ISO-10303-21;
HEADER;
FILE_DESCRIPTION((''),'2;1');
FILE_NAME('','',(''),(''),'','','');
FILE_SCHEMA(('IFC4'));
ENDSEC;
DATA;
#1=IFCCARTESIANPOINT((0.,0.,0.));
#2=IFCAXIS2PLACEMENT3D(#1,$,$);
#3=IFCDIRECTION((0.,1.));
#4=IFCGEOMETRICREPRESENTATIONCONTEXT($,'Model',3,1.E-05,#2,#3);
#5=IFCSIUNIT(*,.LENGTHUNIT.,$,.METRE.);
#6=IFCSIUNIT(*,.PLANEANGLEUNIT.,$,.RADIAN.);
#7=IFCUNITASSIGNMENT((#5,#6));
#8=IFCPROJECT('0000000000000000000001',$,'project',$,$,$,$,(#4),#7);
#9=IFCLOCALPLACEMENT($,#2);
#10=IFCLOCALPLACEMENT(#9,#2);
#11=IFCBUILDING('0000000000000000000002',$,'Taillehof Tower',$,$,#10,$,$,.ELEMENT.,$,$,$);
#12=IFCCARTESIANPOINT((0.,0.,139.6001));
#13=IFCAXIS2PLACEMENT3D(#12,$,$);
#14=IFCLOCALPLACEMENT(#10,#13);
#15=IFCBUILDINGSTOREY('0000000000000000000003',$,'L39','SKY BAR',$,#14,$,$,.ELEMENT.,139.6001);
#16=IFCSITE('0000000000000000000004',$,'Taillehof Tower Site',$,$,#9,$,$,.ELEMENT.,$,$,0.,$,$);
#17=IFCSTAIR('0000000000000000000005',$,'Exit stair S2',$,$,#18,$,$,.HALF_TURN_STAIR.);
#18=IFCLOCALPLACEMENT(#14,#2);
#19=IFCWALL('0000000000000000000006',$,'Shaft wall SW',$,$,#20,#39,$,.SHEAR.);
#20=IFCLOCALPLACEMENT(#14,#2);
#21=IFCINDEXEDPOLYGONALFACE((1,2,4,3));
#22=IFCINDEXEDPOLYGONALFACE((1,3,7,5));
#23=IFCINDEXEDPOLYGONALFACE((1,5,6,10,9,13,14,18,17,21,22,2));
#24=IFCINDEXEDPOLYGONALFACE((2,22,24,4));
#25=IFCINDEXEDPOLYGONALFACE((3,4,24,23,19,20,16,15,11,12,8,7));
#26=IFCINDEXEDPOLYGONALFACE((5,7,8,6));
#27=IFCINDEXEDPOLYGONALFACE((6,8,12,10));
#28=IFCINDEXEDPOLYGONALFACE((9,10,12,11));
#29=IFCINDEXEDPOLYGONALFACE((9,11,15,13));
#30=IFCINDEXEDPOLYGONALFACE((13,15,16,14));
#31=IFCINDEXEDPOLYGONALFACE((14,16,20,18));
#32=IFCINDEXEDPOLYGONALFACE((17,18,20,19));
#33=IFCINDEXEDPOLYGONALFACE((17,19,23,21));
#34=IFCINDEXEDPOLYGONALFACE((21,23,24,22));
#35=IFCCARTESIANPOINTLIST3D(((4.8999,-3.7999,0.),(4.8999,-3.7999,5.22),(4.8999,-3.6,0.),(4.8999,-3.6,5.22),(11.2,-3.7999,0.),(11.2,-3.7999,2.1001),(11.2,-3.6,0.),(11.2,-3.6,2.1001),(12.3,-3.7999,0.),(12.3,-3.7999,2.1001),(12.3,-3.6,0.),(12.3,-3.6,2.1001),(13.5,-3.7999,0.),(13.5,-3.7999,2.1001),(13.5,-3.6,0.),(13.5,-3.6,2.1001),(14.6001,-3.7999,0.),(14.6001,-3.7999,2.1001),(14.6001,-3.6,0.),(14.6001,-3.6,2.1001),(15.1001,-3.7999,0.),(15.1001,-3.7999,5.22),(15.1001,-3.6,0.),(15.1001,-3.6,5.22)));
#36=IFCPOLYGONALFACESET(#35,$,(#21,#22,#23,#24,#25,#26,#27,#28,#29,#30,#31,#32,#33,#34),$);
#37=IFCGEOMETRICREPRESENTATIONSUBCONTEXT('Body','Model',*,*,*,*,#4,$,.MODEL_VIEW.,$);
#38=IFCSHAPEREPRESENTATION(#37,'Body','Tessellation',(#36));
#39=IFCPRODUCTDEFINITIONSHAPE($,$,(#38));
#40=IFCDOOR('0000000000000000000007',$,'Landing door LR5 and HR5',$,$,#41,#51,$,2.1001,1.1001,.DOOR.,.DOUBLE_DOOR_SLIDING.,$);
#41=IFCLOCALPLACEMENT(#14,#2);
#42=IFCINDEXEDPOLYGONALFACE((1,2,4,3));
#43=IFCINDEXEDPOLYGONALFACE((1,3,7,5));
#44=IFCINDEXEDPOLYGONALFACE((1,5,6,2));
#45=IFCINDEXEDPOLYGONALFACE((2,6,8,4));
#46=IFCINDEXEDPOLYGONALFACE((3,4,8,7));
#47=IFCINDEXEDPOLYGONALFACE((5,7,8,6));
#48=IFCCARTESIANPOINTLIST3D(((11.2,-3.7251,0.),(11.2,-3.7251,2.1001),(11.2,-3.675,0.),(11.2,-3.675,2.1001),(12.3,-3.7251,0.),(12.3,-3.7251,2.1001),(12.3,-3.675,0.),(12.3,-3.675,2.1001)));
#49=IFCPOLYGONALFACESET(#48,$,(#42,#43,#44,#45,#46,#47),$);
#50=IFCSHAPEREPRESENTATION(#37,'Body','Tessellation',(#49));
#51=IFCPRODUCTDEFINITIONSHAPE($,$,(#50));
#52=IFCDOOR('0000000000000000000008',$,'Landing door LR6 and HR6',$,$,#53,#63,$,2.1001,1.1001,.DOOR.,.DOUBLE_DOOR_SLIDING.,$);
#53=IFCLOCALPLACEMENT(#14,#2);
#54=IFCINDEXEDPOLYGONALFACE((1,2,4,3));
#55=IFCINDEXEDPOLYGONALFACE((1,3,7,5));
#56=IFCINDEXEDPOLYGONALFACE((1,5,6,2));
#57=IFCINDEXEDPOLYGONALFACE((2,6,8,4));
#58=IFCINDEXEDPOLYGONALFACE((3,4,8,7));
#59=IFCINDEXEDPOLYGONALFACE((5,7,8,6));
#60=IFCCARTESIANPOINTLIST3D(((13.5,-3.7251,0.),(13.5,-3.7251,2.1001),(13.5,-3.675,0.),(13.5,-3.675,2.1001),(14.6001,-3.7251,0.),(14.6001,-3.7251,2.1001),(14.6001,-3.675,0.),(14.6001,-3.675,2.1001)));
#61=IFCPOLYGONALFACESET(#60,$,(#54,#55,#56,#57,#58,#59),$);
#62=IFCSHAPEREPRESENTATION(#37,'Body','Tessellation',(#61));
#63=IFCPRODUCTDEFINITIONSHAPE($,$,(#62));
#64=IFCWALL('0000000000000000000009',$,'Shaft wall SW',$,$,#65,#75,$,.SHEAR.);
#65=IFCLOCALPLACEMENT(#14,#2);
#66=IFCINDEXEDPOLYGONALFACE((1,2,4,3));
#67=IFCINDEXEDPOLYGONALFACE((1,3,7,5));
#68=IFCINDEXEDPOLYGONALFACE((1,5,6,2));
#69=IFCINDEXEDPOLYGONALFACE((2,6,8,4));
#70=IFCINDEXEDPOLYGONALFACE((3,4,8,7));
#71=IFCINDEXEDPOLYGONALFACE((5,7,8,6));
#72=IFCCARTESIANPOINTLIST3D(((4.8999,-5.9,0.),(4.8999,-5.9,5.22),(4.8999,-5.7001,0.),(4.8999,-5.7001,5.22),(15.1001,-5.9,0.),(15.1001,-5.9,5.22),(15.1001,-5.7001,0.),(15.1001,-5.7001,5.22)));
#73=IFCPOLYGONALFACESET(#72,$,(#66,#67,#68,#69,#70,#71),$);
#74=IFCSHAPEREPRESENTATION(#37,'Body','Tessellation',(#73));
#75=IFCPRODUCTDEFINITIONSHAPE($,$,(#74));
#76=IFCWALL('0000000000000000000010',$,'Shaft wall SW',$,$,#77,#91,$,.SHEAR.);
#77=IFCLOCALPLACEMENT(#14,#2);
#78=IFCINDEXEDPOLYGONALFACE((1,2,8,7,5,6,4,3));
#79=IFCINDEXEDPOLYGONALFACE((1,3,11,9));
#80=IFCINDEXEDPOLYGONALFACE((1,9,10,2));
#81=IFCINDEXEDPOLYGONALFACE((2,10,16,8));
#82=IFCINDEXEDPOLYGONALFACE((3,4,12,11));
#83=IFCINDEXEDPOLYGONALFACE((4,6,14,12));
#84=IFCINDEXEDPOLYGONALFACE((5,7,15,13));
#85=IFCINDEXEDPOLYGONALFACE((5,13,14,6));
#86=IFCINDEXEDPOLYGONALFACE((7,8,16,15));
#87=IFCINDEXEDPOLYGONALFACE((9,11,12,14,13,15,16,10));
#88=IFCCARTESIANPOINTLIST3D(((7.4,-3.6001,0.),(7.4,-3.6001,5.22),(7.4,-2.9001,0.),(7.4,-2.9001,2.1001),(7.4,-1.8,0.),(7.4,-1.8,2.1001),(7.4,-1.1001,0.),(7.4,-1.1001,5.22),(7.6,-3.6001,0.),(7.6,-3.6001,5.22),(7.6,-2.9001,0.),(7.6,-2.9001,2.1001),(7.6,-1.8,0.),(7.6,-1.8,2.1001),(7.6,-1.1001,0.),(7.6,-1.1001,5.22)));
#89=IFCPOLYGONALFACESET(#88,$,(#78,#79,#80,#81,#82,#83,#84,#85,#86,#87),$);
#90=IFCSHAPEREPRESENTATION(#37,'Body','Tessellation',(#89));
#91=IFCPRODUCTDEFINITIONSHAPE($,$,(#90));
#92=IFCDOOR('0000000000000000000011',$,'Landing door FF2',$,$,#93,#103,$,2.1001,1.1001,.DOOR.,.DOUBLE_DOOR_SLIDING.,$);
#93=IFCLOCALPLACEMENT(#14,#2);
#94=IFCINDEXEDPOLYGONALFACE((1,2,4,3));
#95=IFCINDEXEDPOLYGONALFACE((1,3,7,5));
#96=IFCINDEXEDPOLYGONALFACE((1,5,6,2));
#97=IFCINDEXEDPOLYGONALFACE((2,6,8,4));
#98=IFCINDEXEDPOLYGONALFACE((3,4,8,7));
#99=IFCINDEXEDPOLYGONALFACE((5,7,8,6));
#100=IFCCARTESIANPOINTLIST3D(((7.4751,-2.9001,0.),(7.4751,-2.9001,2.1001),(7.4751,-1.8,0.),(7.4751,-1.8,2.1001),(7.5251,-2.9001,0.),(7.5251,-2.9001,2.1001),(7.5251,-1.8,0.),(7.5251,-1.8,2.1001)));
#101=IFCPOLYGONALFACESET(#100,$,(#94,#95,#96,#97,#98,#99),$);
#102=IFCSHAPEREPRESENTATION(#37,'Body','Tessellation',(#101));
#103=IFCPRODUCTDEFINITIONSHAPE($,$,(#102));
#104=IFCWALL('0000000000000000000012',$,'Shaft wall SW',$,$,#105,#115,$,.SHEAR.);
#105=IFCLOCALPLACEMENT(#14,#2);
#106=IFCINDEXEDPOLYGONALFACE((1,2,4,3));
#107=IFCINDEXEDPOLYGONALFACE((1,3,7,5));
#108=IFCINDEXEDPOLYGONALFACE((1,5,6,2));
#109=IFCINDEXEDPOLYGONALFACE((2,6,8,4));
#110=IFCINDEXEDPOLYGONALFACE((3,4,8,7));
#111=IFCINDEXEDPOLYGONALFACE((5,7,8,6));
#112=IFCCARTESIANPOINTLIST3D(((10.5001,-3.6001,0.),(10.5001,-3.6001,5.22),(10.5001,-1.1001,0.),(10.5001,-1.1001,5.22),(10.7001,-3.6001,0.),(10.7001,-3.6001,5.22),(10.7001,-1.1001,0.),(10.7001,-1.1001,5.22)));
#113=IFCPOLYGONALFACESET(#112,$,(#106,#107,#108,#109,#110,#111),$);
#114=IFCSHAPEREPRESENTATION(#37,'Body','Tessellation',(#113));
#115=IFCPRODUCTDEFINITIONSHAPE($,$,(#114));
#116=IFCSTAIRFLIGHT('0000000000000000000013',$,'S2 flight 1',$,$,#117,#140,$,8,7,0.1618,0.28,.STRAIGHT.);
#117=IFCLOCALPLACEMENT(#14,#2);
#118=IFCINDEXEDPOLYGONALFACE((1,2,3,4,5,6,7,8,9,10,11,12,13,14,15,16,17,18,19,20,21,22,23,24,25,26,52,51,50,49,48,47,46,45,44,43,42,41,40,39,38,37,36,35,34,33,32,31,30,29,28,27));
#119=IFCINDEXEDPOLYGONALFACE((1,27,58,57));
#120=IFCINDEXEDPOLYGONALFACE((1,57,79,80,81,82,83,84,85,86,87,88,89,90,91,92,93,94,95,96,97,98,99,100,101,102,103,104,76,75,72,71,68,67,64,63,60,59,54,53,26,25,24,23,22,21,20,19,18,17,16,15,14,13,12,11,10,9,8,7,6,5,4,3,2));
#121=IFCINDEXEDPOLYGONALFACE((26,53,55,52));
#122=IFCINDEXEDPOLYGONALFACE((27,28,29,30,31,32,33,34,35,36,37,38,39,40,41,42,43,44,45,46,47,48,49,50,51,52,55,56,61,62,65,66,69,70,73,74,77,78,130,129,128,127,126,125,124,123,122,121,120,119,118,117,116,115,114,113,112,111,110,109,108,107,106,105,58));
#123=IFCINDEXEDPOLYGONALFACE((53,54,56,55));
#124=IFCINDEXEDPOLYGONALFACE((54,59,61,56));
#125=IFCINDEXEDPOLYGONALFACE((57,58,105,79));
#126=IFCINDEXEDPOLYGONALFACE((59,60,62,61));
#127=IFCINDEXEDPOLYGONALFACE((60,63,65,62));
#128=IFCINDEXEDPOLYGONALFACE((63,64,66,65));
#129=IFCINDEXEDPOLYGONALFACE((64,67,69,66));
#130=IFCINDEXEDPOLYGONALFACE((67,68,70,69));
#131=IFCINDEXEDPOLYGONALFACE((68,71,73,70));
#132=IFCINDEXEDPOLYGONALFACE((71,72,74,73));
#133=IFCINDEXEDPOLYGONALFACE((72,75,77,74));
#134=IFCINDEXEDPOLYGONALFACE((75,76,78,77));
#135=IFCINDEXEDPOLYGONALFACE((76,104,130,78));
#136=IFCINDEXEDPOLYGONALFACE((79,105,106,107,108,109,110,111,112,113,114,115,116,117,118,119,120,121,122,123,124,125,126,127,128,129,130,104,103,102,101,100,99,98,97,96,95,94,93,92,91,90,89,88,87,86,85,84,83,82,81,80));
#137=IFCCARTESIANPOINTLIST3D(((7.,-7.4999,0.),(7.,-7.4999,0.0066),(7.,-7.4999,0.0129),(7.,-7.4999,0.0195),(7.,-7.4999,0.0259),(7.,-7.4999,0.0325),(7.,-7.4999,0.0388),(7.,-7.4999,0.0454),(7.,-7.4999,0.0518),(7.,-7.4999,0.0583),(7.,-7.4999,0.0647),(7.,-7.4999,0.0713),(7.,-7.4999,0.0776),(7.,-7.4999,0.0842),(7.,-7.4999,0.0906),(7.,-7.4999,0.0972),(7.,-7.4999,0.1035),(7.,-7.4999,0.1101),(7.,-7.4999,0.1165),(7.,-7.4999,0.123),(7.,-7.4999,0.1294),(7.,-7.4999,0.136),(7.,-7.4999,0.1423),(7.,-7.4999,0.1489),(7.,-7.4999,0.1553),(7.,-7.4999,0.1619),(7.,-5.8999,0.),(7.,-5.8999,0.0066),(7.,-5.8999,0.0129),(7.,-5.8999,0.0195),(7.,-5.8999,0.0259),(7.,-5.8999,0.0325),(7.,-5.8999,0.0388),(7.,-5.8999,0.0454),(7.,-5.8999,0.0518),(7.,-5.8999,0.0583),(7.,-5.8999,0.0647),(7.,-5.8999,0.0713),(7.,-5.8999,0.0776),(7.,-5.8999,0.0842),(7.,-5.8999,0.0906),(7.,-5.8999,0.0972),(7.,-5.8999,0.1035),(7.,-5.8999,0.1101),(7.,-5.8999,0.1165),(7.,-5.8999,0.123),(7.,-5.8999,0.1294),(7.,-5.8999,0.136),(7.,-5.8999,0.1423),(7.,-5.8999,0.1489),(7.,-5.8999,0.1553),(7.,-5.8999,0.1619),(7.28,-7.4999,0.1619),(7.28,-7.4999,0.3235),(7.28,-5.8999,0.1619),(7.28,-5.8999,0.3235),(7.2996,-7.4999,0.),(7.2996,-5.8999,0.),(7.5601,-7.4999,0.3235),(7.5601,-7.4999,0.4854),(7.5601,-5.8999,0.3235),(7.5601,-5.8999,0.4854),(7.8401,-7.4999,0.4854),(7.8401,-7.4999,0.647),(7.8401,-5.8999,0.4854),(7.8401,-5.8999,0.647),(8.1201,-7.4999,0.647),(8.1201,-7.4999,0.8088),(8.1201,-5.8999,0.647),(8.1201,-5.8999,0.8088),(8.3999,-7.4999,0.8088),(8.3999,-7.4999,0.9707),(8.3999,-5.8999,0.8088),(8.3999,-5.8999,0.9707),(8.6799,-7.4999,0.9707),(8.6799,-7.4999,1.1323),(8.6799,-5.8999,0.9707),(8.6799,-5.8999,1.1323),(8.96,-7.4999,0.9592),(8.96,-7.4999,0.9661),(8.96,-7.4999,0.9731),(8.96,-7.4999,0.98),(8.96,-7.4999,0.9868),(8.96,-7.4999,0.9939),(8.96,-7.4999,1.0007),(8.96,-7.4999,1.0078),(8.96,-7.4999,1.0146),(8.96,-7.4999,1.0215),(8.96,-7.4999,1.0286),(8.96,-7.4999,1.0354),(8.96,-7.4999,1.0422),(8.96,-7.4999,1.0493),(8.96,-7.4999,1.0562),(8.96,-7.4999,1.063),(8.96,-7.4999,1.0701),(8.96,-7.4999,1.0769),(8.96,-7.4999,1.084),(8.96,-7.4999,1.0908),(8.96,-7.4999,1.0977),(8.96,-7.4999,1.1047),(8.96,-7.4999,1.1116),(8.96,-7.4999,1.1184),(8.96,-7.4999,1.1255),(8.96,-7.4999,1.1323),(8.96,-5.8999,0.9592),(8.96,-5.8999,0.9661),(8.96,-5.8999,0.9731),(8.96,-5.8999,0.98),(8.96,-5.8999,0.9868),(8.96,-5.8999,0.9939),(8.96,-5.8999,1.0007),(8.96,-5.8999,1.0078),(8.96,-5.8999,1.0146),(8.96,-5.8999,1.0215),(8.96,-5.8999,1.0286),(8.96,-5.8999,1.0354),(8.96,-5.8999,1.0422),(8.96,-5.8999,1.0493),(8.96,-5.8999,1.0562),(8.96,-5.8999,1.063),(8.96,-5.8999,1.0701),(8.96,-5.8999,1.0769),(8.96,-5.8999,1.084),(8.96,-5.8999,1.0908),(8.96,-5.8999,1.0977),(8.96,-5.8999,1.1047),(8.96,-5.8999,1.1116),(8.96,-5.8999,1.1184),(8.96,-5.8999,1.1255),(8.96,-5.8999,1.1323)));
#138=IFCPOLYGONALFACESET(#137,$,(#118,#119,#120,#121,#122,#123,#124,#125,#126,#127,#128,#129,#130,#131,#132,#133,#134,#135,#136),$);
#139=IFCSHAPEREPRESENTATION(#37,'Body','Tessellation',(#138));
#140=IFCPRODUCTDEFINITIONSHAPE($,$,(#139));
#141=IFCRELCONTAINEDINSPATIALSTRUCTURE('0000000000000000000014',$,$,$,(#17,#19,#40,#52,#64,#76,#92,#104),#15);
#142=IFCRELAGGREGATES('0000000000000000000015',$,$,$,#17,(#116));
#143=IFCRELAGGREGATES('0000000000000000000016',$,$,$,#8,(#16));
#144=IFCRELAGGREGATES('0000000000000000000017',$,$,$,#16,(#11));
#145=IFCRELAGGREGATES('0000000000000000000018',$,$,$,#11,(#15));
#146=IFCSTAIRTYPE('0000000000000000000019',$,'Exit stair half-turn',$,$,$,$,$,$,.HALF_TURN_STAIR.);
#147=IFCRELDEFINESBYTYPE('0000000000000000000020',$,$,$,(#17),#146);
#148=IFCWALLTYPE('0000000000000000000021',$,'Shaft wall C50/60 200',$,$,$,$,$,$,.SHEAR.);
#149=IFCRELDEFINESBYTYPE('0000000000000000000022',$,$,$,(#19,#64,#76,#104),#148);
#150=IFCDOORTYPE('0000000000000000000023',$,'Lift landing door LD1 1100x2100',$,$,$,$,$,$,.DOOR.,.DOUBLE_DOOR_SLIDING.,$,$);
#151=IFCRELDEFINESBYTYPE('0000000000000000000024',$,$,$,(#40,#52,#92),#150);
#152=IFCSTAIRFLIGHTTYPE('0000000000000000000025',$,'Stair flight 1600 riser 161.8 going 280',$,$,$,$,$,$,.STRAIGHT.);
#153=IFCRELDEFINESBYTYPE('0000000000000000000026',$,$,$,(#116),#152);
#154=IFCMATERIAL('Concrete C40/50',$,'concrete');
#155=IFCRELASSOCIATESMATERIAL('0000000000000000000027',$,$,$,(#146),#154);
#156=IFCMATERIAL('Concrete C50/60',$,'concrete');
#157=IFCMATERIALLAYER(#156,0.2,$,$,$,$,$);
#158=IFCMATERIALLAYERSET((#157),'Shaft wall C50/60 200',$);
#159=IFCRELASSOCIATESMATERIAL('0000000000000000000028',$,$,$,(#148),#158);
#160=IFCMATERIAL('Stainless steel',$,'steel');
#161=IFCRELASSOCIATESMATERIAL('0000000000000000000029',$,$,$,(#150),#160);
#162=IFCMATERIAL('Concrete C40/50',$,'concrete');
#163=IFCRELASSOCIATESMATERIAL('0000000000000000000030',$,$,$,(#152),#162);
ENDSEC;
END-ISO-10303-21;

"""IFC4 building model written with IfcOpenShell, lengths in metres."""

from ifc_helpers import new_model, si_unit, direction, frame, frame_2d, origin, place, context, subcontext, project, spatial, polyline, rectangle, outline, extrude, material, layer, layer_set, type_object, element, fill, aggregate, save


model = new_model("IFC4")

# Units and contexts
model_context = context("Model", 3, precision=1e-05, world=origin(), true_north=direction((0.0, 1.0)))
body_context = subcontext(model_context, "Body", "Model", "MODEL_VIEW")
ifc_project = project(units=[si_unit("LENGTHUNIT", "METRE"), si_unit("PLANEANGLEUNIT", "RADIAN")], contexts=[model_context])

# Site, building, storey
site_placement = place(None, origin())
site = spatial("IfcSite", under=ifc_project, at=site_placement, Name="Taillehof Tower Site", CompositionType="ELEMENT", RefElevation=0.0)
building_placement = place(site_placement, origin())
building = spatial("IfcBuilding", under=site, at=building_placement, Name="Taillehof Tower", CompositionType="ELEMENT")
storey_placement = place(building_placement, frame((0.0, 0.0, 139.6001)))
storey = spatial("IfcBuildingStorey", under=building, at=storey_placement, Name="L39", Description="SKY BAR", CompositionType="ELEMENT", Elevation=139.6001)

# Stair
ifc_material_1 = material(Name="Concrete C40/50", Category="concrete")
stair_type = type_object("IfcStairType", Name="Exit stair half-turn", PredefinedType="HALF_TURN_STAIR", material=ifc_material_1)
stair_1_placement = place(storey_placement, origin())
stair_1 = element("IfcStair", 1, at=stair_1_placement, inside=storey, type_object=stair_type, Name="Exit stair S2", PredefinedType="HALF_TURN_STAIR")

# Shared definitions
ifc_material_2 = material(Name="Concrete C50/60", Category="concrete")
ifc_layer_1 = layer(ifc_material_2, 0.2)
ifc_layer_set_1 = layer_set([ifc_layer_1], Name="Shaft wall C50/60 200")
wall_type_1 = type_object("IfcWallType", Name="Shaft wall C50/60 200", PredefinedType="SHEAR", material=ifc_layer_set_1)

# Wall, openings, doors
wall_1_placement = place(storey_placement, frame((4.8999, -3.7, 0.0), z_axis=(0.0, 0.0, 1.0), x_axis=(1.0, 0.0, 0.0)))
wall_1 = element("IfcWall", 2, at=wall_1_placement, inside=storey, type_object=wall_type_1, Name="Shaft wall SW", PredefinedType="SHEAR", context=body_context, shape_type="SweptSolid", body=[
    extrude(rectangle(XDim=10.2002, YDim=0.2, at=frame_2d((5.1001, 0.0))), origin(), (0.0, 0.0, 1.0), 5.22),
])
opening_1_placement = place(wall_1_placement, frame((6.3, 0.0, 0.0)))
opening_1 = element("IfcOpeningElement", 3, at=opening_1_placement, cuts=wall_1, PredefinedType="OPENING", context=body_context, shape_type="SweptSolid", body=[
    extrude(rectangle(XDim=1.1001, YDim=2.1001, at=frame_2d((0.55, 1.05))), frame((0.0, 0.1099, 0.0), z_axis=(0.0, -1.0, 0.0), x_axis=(1.0, 0.0, 0.0)), (0.0, 0.0, 1.0), 0.22),
])
opening_2_placement = place(wall_1_placement, frame((8.6001, 0.0, 0.0)))
opening_2 = element("IfcOpeningElement", 4, at=opening_2_placement, cuts=wall_1, PredefinedType="OPENING", context=body_context, shape_type="SweptSolid", body=[
    extrude(rectangle(XDim=1.1001, YDim=2.1001, at=frame_2d((0.55, 1.05))), frame((0.0, 0.1099, 0.0), z_axis=(0.0, -1.0, 0.0), x_axis=(1.0, 0.0, 0.0)), (0.0, 0.0, 1.0), 0.22),
])
ifc_material_3 = material(Name="Stainless steel", Category="steel")
door_type_1 = type_object("IfcDoorType", Name="Lift landing door LD1 1100x2100", OperationType="DOUBLE_DOOR_SLIDING", PredefinedType="DOOR", material=ifc_material_3)
door_1_placement = place(opening_1_placement, origin())
door_1 = element("IfcDoor", 5, at=door_1_placement, inside=storey, type_object=door_type_1, Name="Landing door LR5 and HR5", OperationType="DOUBLE_DOOR_SLIDING", OverallHeight=2.1001, OverallWidth=1.1001, PredefinedType="DOOR", context=body_context, shape_type="SweptSolid", body=[
    extrude(rectangle(XDim=1.1001, YDim=2.1001, at=frame_2d((0.55, 1.05))), frame((0.0, 0.0249, 0.0), z_axis=(0.0, -1.0, 0.0), x_axis=(1.0, 0.0, 0.0)), (0.0, 0.0, 1.0), 0.05),
])
fill(opening_1, door_1)
door_2_placement = place(opening_2_placement, origin())
door_2 = element("IfcDoor", 6, at=door_2_placement, inside=storey, type_object=door_type_1, Name="Landing door LR6 and HR6", OperationType="DOUBLE_DOOR_SLIDING", OverallHeight=2.1001, OverallWidth=1.1001, PredefinedType="DOOR", context=body_context, shape_type="SweptSolid", body=[
    extrude(rectangle(XDim=1.1001, YDim=2.1001, at=frame_2d((0.55, 1.05))), frame((0.0, 0.0249, 0.0), z_axis=(0.0, -1.0, 0.0), x_axis=(1.0, 0.0, 0.0)), (0.0, 0.0, 1.0), 0.05),
])
fill(opening_2, door_2)

# Wall
wall_2_placement = place(storey_placement, frame((4.8999, -5.8, 0.0), z_axis=(0.0, 0.0, 1.0), x_axis=(1.0, 0.0, 0.0)))
element("IfcWall", 7, at=wall_2_placement, inside=storey, type_object=wall_type_1, Name="Shaft wall SW", PredefinedType="SHEAR", context=body_context, shape_type="SweptSolid", body=[
    extrude(rectangle(XDim=10.2002, YDim=0.2, at=frame_2d((5.1001, 0.0))), origin(), (0.0, 0.0, 1.0), 5.22),
])

# Wall, opening, door
wall_3_placement = place(storey_placement, frame((7.5, -3.6001, 0.0), z_axis=(0.0, 0.0, 1.0), x_axis=(0.0, 1.0, 0.0)))
wall_3 = element("IfcWall", 8, at=wall_3_placement, inside=storey, type_object=wall_type_1, Name="Shaft wall SW", PredefinedType="SHEAR", context=body_context, shape_type="SweptSolid", body=[
    extrude(rectangle(XDim=2.5, YDim=0.2, at=frame_2d((1.25, 0.0))), origin(), (0.0, 0.0, 1.0), 5.22),
])
opening_3_placement = place(wall_3_placement, frame((0.7, 0.0, 0.0)))
opening_3 = element("IfcOpeningElement", 9, at=opening_3_placement, cuts=wall_3, PredefinedType="OPENING", context=body_context, shape_type="SweptSolid", body=[
    extrude(rectangle(XDim=1.1001, YDim=2.1001, at=frame_2d((0.55, 1.05))), frame((0.0, 0.1099, 0.0), z_axis=(0.0, -1.0, 0.0), x_axis=(1.0, 0.0, 0.0)), (0.0, 0.0, 1.0), 0.22),
])
door_3_placement = place(opening_3_placement, origin())
door_3 = element("IfcDoor", 10, at=door_3_placement, inside=storey, type_object=door_type_1, Name="Landing door FF2", OperationType="DOUBLE_DOOR_SLIDING", OverallHeight=2.1001, OverallWidth=1.1001, PredefinedType="DOOR", context=body_context, shape_type="SweptSolid", body=[
    extrude(rectangle(XDim=1.1001, YDim=2.1001, at=frame_2d((0.55, 1.05))), frame((0.0, 0.0249, 0.0), z_axis=(0.0, -1.0, 0.0), x_axis=(1.0, 0.0, 0.0)), (0.0, 0.0, 1.0), 0.05),
])
fill(opening_3, door_3)

# Wall
wall_4_placement = place(storey_placement, frame((10.6001, -3.6001, 0.0), z_axis=(0.0, 0.0, 1.0), x_axis=(0.0, 1.0, 0.0)))
element("IfcWall", 11, at=wall_4_placement, inside=storey, type_object=wall_type_1, Name="Shaft wall SW", PredefinedType="SHEAR", context=body_context, shape_type="SweptSolid", body=[
    extrude(rectangle(XDim=2.5, YDim=0.2, at=frame_2d((1.25, 0.0))), origin(), (0.0, 0.0, 1.0), 5.22),
])

# Stair flight
ifc_material_4 = material(Name="Concrete C40/50", Category="concrete")
stair_flight_type = type_object("IfcStairFlightType", Name="Stair flight 1600 riser 161.8 going 280", PredefinedType="STRAIGHT", material=ifc_material_4)
stair_flight_1_placement = place(storey_placement, frame((7.0, -6.7, 0.0), z_axis=(0.0, 0.0, 1.0), x_axis=(1.0, 0.0, 0.0)))
stair_flight_1 = element("IfcStairFlight", 12, at=stair_flight_1_placement, type_object=stair_flight_type, Name="S2 flight 1", NumberOfRisers=8, NumberOfTreads=7, PredefinedType="STRAIGHT", RiserHeight=0.1618, TreadLength=0.28, context=body_context, shape_type="SweptSolid", body=[
    extrude(outline(polyline([(0.0, 0.0), (0.0, 0.0066), (0.0, 0.0129), (0.0, 0.0195), (0.0, 0.0259), (0.0, 0.0325), (0.0, 0.0388), (0.0, 0.0454), (0.0, 0.0518), (0.0, 0.0583), (0.0, 0.0647), (0.0, 0.0713), (0.0, 0.0776), (0.0, 0.0842), (0.0, 0.0906), (0.0, 0.0972), (0.0, 0.1035), (0.0, 0.1101), (0.0, 0.1165), (0.0, 0.123), (0.0, 0.1294), (0.0, 0.136), (0.0, 0.1423), (0.0, 0.1489), (0.0, 0.1553), (0.0, 0.1619), (0.28, 0.1619), (0.28, 0.3235), (0.5601, 0.3235), (0.5601, 0.4854), (0.8401, 0.4854), (0.8401, 0.647), (1.1201, 0.647), (1.1201, 0.8088), (1.3999, 0.8088), (1.3999, 0.9707), (1.6799, 0.9707), (1.6799, 1.1323), (1.96, 1.1323), (1.96, 1.1255), (1.96, 1.1184), (1.96, 1.1116), (1.96, 1.1047), (1.96, 1.0977), (1.96, 1.0908), (1.96, 1.084), (1.96, 1.0769), (1.96, 1.0701), (1.96, 1.063), (1.96, 1.0562), (1.96, 1.0493), (1.96, 1.0422), (1.96, 1.0354), (1.96, 1.0286), (1.96, 1.0215), (1.96, 1.0146), (1.96, 1.0078), (1.96, 1.0007), (1.96, 0.9939), (1.96, 0.9868), (1.96, 0.98), (1.96, 0.9731), (1.96, 0.9661), (1.96, 0.9592), (0.2996, 0.0), (0.0, 0.0)])), frame((0.0, 0.8, 0.0), z_axis=(0.0, -1.0, 0.0), x_axis=(1.0, 0.0, 0.0)), (0.0, 0.0, 1.0), 1.6),
])
aggregate(stair_1, [stair_flight_1])

save(model, "model.ifc")
